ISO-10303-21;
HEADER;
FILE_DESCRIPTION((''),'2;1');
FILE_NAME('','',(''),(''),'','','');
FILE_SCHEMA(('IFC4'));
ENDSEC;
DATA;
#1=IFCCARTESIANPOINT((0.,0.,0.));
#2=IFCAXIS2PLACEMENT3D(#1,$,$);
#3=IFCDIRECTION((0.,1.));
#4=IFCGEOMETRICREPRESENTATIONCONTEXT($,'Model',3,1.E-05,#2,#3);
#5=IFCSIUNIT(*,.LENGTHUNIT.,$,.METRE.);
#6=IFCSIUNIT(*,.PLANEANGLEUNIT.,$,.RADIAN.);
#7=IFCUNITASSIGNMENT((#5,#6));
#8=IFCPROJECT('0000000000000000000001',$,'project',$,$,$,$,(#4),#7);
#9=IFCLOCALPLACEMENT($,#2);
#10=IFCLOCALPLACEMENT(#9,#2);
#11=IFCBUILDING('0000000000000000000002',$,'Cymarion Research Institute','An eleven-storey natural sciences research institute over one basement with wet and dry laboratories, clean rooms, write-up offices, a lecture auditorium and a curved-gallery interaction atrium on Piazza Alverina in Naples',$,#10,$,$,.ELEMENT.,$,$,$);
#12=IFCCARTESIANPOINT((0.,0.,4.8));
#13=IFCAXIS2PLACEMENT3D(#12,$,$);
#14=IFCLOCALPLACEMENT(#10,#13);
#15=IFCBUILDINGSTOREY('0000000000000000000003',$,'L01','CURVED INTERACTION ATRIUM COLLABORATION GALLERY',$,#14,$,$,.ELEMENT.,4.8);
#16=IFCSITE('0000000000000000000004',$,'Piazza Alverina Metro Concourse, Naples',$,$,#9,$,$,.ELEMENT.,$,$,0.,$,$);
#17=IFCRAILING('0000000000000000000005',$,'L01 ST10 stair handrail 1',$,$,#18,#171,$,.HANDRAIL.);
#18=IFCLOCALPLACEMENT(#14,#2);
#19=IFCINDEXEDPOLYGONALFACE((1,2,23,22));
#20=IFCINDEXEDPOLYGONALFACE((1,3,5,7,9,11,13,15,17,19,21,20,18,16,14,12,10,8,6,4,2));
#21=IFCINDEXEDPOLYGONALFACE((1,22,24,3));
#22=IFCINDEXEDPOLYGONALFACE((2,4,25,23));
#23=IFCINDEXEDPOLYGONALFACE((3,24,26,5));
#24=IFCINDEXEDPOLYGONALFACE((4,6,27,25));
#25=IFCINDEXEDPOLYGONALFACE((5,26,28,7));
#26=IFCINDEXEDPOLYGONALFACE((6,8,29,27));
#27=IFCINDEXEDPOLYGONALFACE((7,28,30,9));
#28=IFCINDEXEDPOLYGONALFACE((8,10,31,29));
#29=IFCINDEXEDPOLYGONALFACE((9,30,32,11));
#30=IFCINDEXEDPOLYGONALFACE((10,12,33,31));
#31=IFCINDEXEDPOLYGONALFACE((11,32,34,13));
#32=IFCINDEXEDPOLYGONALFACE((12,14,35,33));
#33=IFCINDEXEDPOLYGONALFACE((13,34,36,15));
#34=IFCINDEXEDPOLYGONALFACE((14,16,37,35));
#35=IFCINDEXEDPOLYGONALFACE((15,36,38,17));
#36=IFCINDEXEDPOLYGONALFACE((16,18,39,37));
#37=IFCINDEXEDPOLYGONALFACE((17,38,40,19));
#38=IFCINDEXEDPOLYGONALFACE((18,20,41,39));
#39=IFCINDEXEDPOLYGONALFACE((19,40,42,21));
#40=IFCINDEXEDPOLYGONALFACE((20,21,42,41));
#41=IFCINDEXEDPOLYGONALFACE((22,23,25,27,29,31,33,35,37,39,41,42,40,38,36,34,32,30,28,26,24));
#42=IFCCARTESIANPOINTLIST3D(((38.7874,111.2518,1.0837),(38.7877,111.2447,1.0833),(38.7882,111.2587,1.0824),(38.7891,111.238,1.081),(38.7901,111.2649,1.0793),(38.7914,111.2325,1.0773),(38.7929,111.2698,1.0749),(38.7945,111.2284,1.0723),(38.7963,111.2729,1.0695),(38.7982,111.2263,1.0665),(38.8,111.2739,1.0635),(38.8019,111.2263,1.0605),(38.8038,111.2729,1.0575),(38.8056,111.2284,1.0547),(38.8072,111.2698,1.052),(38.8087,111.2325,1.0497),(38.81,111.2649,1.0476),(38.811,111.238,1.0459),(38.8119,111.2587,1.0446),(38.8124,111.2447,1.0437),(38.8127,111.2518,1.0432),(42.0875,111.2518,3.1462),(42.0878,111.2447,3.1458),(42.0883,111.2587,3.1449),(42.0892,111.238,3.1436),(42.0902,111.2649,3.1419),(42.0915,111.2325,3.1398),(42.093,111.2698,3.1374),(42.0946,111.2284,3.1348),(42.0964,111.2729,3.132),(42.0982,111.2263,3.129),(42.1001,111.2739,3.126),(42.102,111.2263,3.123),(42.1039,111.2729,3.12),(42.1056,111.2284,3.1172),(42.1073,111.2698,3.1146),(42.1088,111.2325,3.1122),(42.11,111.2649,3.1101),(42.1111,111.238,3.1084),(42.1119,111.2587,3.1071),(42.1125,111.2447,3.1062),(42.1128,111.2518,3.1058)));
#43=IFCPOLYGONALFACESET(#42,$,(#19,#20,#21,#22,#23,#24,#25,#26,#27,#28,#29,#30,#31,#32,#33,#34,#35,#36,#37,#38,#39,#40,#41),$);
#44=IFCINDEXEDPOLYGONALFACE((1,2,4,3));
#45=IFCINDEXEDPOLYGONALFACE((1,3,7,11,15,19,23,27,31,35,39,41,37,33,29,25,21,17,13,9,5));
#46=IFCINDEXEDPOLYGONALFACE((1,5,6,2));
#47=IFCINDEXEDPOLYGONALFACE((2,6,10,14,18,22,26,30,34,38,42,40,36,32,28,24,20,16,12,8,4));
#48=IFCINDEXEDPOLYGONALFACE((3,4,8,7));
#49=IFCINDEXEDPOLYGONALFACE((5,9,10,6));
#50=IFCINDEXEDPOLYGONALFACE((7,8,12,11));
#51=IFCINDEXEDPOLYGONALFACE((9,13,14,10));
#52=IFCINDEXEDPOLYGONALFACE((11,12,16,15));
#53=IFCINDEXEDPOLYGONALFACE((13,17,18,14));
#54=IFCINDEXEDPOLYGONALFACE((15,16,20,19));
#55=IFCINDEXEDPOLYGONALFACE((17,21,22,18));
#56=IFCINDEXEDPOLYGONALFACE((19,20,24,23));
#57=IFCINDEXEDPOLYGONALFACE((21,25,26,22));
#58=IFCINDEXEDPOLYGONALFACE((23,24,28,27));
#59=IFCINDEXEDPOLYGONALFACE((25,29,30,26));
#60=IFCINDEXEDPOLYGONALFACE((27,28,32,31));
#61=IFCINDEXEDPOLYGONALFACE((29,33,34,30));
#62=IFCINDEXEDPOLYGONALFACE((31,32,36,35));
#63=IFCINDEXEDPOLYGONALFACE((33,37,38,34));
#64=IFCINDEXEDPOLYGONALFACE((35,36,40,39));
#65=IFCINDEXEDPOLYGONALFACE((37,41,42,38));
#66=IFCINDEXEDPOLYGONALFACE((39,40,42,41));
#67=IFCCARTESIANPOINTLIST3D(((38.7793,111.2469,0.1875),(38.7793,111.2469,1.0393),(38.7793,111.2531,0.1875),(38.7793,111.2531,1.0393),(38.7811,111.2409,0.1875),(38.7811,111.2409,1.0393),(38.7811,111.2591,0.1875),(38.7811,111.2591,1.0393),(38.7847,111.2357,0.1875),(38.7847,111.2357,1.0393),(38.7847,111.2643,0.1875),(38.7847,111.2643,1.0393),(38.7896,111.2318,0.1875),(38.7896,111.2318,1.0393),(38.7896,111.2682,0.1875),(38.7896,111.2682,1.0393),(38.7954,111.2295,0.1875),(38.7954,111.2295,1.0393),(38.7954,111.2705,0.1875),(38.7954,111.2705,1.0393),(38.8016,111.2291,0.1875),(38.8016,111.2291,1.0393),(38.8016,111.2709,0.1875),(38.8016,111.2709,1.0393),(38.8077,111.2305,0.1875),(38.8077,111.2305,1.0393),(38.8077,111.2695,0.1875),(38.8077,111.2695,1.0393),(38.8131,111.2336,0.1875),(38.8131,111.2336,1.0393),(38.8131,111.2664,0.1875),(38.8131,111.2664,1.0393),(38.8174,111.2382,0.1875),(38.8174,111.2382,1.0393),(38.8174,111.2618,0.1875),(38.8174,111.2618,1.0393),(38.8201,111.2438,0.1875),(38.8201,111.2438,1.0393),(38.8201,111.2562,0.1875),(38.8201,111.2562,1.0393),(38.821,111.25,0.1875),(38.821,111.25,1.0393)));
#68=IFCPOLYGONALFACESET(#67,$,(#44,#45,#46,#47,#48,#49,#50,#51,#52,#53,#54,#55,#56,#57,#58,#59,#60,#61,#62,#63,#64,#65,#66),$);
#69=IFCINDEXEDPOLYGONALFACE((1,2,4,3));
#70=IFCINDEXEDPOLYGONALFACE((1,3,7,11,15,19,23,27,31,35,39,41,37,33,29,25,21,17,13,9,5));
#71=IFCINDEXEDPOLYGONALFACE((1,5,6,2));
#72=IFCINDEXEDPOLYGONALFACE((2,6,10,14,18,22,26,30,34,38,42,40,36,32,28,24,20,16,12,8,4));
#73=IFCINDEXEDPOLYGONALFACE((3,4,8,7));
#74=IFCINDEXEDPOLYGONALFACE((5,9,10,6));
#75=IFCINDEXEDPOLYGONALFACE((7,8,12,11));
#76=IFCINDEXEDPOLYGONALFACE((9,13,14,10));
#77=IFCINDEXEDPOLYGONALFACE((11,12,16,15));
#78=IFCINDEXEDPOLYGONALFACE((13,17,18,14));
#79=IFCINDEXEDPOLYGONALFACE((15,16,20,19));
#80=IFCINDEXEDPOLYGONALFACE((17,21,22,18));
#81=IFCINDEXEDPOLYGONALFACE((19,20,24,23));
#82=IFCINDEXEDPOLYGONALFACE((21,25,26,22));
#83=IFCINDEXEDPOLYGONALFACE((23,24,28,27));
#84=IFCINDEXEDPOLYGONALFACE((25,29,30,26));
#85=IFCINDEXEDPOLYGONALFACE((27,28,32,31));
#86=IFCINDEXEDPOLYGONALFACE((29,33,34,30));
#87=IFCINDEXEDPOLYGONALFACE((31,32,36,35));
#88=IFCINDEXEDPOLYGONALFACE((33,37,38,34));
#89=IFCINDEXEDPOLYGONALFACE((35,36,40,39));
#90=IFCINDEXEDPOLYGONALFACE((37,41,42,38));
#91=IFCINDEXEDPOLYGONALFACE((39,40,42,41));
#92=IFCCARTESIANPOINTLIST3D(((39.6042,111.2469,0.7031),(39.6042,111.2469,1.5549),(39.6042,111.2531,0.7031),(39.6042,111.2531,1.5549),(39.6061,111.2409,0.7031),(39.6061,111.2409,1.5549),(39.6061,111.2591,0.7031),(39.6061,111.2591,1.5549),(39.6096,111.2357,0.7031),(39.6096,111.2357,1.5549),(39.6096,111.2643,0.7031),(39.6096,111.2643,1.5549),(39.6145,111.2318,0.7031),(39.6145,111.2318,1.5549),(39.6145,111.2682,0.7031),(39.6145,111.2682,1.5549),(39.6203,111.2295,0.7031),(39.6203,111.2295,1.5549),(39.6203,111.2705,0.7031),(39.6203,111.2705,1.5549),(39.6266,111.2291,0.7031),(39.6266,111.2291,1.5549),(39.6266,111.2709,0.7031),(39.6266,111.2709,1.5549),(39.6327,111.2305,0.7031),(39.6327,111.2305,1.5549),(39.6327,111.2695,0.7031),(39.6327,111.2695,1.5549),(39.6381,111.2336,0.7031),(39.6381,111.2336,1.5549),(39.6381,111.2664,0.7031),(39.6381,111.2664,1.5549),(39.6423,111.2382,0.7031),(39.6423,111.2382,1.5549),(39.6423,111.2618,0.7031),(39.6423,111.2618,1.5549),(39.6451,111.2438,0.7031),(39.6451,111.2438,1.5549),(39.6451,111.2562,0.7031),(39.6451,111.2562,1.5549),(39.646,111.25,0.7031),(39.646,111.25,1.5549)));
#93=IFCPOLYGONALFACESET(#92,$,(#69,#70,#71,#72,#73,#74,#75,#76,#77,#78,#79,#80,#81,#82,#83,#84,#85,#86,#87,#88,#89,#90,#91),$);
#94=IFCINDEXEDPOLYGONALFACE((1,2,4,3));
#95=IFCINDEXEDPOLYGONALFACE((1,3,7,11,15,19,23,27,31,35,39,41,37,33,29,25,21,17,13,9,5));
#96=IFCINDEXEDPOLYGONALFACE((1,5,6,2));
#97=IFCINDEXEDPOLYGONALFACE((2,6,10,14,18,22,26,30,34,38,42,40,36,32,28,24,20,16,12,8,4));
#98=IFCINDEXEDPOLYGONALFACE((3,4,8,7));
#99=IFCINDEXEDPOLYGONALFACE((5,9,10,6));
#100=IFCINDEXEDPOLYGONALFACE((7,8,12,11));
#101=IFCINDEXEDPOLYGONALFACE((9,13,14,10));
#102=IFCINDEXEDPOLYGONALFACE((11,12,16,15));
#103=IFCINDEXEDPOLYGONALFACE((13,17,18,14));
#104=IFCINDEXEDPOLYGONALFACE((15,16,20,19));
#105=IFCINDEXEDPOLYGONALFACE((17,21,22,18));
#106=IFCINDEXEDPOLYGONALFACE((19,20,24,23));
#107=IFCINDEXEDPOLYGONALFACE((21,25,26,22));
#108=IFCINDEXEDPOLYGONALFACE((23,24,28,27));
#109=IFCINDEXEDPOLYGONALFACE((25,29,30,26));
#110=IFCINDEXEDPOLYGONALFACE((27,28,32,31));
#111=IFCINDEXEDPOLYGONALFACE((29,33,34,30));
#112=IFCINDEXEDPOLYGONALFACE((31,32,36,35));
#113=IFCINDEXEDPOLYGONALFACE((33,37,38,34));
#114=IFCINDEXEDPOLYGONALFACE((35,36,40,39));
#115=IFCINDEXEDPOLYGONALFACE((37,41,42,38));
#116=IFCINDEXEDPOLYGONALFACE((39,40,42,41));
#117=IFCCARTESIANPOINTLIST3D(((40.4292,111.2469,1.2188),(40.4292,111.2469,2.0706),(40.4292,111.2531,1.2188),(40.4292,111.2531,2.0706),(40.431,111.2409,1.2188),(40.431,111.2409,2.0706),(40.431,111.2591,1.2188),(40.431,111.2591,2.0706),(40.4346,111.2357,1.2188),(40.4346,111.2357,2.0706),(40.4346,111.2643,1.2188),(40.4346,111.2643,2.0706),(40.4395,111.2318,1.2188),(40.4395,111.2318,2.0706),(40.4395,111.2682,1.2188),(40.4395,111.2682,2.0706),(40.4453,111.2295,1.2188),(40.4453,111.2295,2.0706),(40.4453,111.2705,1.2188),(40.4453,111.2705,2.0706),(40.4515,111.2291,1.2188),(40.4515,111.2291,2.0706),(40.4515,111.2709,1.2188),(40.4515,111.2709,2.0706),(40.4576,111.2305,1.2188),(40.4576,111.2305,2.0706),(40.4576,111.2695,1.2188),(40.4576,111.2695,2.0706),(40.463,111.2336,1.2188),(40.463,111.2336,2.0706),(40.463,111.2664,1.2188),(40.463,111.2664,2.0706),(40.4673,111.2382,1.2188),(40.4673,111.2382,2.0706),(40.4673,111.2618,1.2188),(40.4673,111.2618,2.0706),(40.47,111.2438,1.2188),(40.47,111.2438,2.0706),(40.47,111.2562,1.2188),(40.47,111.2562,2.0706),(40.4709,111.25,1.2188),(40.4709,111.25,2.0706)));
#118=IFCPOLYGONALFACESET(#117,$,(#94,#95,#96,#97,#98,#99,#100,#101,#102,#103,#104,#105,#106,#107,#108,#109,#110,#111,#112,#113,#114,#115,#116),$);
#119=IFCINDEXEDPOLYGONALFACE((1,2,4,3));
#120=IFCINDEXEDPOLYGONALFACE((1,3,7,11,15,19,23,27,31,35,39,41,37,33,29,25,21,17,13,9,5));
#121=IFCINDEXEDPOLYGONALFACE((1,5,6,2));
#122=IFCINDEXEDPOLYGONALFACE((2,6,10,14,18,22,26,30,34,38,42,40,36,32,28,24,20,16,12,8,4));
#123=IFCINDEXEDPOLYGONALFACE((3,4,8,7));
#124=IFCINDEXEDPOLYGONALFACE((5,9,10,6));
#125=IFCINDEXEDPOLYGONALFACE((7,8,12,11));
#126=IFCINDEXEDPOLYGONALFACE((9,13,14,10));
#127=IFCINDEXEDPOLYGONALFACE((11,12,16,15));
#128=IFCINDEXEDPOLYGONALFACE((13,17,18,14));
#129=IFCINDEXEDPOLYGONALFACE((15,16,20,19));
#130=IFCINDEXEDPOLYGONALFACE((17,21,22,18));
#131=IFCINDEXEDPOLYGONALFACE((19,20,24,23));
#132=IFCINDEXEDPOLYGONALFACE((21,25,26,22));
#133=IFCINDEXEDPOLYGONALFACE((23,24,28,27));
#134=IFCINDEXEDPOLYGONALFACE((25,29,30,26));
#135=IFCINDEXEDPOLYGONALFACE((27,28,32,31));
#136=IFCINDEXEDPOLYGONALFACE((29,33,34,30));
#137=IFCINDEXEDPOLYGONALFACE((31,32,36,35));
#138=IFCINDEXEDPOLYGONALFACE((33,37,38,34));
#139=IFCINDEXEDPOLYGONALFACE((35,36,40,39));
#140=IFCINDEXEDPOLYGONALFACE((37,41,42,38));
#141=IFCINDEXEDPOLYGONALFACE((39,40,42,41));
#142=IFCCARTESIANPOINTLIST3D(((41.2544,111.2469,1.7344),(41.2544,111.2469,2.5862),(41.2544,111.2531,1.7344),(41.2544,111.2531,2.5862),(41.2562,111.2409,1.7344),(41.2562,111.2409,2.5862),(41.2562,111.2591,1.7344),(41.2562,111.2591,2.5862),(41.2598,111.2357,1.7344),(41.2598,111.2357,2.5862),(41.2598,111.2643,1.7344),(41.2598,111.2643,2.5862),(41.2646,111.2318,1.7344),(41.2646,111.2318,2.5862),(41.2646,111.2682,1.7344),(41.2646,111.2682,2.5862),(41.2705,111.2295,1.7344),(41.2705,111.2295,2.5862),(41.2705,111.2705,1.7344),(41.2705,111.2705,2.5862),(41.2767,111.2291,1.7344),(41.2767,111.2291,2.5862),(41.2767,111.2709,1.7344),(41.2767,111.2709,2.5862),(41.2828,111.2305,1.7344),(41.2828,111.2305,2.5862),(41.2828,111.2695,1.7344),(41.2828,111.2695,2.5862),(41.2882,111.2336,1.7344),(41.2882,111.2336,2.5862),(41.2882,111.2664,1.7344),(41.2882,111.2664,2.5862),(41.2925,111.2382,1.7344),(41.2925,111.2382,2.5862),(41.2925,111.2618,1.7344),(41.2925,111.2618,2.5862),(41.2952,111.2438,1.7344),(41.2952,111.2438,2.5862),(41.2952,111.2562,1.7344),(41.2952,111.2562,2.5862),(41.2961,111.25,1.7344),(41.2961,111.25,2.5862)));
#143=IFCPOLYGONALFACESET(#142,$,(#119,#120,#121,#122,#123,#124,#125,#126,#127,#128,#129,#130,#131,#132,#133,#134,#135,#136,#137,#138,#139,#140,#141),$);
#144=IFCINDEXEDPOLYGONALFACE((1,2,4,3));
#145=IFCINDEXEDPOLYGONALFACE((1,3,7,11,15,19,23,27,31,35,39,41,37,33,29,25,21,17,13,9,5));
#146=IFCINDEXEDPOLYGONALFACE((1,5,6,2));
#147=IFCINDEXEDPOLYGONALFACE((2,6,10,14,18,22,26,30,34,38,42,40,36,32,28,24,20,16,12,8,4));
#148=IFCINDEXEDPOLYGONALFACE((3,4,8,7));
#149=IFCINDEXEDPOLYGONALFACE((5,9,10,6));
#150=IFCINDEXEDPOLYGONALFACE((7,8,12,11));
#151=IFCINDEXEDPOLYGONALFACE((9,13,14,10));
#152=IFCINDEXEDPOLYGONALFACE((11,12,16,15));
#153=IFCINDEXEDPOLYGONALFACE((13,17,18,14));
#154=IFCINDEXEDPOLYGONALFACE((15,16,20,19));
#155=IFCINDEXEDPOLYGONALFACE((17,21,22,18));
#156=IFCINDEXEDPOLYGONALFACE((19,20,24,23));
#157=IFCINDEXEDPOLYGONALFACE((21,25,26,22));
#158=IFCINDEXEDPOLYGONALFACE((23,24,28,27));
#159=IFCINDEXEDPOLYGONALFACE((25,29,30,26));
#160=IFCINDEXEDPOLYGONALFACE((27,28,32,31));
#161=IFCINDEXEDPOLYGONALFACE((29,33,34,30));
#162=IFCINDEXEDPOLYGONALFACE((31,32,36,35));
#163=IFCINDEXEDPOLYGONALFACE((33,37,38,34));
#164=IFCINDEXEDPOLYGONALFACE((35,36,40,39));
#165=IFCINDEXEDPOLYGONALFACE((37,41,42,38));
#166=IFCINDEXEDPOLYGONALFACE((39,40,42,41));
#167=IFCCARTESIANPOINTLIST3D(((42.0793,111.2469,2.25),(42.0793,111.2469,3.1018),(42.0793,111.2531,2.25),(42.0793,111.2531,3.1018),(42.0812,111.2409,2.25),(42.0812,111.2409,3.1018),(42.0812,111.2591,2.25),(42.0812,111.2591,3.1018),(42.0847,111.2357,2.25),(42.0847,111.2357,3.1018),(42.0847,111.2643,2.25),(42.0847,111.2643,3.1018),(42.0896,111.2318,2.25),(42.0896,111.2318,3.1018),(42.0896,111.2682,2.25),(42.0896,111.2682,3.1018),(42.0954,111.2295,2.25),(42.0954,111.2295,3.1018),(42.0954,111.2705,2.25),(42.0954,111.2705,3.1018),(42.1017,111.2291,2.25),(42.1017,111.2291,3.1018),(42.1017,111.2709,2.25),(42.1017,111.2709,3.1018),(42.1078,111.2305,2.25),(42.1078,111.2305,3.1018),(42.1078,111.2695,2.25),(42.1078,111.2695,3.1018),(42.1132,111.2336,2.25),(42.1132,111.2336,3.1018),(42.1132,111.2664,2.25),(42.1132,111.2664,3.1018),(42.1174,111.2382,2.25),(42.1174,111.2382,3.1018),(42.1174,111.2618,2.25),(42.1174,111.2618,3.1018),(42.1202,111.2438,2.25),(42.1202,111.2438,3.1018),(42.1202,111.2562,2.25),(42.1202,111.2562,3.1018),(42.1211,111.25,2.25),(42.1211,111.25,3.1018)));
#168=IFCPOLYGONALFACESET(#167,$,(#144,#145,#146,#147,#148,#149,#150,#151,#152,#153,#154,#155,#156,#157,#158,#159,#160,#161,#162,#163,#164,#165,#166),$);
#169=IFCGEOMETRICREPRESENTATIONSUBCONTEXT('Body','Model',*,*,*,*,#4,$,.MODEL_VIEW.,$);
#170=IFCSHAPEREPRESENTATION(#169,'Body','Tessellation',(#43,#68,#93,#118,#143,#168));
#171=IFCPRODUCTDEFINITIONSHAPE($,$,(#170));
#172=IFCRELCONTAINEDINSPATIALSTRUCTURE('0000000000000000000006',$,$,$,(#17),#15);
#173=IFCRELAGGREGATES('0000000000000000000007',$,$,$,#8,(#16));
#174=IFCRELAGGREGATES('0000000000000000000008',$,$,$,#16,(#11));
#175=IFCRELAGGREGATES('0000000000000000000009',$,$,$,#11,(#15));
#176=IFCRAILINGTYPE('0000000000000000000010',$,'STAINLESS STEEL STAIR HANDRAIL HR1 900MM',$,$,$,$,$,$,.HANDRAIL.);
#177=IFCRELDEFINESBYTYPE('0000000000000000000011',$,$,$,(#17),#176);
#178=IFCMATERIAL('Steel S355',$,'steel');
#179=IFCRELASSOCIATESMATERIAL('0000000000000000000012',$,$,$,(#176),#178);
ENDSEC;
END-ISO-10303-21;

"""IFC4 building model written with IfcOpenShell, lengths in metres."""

from ifc_helpers import new_model, si_unit, direction, frame, origin, origin_2d, place, context, subcontext, project, spatial, circle, extrude, material, type_object, element, save


model = new_model("IFC4")

# Units and contexts
model_context = context("Model", 3, precision=1e-05, world=origin(), true_north=direction((0.0, 1.0)))
body_context = subcontext(model_context, "Body", "Model", "MODEL_VIEW")
ifc_project = project(units=[si_unit("LENGTHUNIT", "METRE"), si_unit("PLANEANGLEUNIT", "RADIAN")], contexts=[model_context])

# Site, building, storey
site_placement = place(None, origin())
site = spatial("IfcSite", under=ifc_project, at=site_placement, Name="Piazza Alverina Metro Concourse, Naples", CompositionType="ELEMENT", RefElevation=0.0)
building_placement = place(site_placement, origin())
building = spatial("IfcBuilding", under=site, at=building_placement, Name="Cymarion Research Institute", Description="An eleven-storey natural sciences research institute over one basement with wet and dry laboratories, clean rooms, write-up offices, a lecture auditorium and a curved-gallery interaction atrium on Piazza Alverina in Naples", CompositionType="ELEMENT")
storey_placement = place(building_placement, frame((0.0, 0.0, 4.8)))
storey = spatial("IfcBuildingStorey", under=building, at=storey_placement, Name="L01", Description="CURVED INTERACTION ATRIUM COLLABORATION GALLERY", CompositionType="ELEMENT", Elevation=4.8)

# Shared definitions
ifc_material_1 = material(Name="Steel S355", Category="steel")

# Railing
railing_type_1 = type_object("IfcRailingType", Name="STAINLESS STEEL STAIR HANDRAIL HR1 900MM", PredefinedType="HANDRAIL", material=ifc_material_1)
railing_1_placement = place(storey_placement, frame((38.8, 111.25, 0.1875)))
element("IfcRailing", 1, at=railing_1_placement, inside=storey, type_object=railing_type_1, Name="L01 ST10 stair handrail 1", PredefinedType="HANDRAIL", context=body_context, shape_type="SweptSolid", body=[
    extrude(circle(Radius=0.0239, at=origin_2d()), frame((0.0, 0.0, 0.876), z_axis=(0.848002, 0.0, 0.529993), x_axis=(0.0, 1.0, 0.0)), (0.0, 0.0, 1.0), 3.8916),
    extrude(circle(Radius=0.021, at=origin_2d()), origin(), (0.0, 0.0, 1.0), 0.8518),
    extrude(circle(Radius=0.021, at=origin_2d()), frame((0.825, 0.0, 0.5156)), (0.0, 0.0, 1.0), 0.8518),
    extrude(circle(Radius=0.021, at=origin_2d()), frame((1.6499, 0.0, 1.0312)), (0.0, 0.0, 1.0), 0.8518),
    extrude(circle(Radius=0.021, at=origin_2d()), frame((2.4751, 0.0, 1.5469)), (0.0, 0.0, 1.0), 0.8518),
    extrude(circle(Radius=0.021, at=origin_2d()), frame((3.3, 0.0, 2.0625)), (0.0, 0.0, 1.0), 0.8518),
])

save(model, "model.ifc")
